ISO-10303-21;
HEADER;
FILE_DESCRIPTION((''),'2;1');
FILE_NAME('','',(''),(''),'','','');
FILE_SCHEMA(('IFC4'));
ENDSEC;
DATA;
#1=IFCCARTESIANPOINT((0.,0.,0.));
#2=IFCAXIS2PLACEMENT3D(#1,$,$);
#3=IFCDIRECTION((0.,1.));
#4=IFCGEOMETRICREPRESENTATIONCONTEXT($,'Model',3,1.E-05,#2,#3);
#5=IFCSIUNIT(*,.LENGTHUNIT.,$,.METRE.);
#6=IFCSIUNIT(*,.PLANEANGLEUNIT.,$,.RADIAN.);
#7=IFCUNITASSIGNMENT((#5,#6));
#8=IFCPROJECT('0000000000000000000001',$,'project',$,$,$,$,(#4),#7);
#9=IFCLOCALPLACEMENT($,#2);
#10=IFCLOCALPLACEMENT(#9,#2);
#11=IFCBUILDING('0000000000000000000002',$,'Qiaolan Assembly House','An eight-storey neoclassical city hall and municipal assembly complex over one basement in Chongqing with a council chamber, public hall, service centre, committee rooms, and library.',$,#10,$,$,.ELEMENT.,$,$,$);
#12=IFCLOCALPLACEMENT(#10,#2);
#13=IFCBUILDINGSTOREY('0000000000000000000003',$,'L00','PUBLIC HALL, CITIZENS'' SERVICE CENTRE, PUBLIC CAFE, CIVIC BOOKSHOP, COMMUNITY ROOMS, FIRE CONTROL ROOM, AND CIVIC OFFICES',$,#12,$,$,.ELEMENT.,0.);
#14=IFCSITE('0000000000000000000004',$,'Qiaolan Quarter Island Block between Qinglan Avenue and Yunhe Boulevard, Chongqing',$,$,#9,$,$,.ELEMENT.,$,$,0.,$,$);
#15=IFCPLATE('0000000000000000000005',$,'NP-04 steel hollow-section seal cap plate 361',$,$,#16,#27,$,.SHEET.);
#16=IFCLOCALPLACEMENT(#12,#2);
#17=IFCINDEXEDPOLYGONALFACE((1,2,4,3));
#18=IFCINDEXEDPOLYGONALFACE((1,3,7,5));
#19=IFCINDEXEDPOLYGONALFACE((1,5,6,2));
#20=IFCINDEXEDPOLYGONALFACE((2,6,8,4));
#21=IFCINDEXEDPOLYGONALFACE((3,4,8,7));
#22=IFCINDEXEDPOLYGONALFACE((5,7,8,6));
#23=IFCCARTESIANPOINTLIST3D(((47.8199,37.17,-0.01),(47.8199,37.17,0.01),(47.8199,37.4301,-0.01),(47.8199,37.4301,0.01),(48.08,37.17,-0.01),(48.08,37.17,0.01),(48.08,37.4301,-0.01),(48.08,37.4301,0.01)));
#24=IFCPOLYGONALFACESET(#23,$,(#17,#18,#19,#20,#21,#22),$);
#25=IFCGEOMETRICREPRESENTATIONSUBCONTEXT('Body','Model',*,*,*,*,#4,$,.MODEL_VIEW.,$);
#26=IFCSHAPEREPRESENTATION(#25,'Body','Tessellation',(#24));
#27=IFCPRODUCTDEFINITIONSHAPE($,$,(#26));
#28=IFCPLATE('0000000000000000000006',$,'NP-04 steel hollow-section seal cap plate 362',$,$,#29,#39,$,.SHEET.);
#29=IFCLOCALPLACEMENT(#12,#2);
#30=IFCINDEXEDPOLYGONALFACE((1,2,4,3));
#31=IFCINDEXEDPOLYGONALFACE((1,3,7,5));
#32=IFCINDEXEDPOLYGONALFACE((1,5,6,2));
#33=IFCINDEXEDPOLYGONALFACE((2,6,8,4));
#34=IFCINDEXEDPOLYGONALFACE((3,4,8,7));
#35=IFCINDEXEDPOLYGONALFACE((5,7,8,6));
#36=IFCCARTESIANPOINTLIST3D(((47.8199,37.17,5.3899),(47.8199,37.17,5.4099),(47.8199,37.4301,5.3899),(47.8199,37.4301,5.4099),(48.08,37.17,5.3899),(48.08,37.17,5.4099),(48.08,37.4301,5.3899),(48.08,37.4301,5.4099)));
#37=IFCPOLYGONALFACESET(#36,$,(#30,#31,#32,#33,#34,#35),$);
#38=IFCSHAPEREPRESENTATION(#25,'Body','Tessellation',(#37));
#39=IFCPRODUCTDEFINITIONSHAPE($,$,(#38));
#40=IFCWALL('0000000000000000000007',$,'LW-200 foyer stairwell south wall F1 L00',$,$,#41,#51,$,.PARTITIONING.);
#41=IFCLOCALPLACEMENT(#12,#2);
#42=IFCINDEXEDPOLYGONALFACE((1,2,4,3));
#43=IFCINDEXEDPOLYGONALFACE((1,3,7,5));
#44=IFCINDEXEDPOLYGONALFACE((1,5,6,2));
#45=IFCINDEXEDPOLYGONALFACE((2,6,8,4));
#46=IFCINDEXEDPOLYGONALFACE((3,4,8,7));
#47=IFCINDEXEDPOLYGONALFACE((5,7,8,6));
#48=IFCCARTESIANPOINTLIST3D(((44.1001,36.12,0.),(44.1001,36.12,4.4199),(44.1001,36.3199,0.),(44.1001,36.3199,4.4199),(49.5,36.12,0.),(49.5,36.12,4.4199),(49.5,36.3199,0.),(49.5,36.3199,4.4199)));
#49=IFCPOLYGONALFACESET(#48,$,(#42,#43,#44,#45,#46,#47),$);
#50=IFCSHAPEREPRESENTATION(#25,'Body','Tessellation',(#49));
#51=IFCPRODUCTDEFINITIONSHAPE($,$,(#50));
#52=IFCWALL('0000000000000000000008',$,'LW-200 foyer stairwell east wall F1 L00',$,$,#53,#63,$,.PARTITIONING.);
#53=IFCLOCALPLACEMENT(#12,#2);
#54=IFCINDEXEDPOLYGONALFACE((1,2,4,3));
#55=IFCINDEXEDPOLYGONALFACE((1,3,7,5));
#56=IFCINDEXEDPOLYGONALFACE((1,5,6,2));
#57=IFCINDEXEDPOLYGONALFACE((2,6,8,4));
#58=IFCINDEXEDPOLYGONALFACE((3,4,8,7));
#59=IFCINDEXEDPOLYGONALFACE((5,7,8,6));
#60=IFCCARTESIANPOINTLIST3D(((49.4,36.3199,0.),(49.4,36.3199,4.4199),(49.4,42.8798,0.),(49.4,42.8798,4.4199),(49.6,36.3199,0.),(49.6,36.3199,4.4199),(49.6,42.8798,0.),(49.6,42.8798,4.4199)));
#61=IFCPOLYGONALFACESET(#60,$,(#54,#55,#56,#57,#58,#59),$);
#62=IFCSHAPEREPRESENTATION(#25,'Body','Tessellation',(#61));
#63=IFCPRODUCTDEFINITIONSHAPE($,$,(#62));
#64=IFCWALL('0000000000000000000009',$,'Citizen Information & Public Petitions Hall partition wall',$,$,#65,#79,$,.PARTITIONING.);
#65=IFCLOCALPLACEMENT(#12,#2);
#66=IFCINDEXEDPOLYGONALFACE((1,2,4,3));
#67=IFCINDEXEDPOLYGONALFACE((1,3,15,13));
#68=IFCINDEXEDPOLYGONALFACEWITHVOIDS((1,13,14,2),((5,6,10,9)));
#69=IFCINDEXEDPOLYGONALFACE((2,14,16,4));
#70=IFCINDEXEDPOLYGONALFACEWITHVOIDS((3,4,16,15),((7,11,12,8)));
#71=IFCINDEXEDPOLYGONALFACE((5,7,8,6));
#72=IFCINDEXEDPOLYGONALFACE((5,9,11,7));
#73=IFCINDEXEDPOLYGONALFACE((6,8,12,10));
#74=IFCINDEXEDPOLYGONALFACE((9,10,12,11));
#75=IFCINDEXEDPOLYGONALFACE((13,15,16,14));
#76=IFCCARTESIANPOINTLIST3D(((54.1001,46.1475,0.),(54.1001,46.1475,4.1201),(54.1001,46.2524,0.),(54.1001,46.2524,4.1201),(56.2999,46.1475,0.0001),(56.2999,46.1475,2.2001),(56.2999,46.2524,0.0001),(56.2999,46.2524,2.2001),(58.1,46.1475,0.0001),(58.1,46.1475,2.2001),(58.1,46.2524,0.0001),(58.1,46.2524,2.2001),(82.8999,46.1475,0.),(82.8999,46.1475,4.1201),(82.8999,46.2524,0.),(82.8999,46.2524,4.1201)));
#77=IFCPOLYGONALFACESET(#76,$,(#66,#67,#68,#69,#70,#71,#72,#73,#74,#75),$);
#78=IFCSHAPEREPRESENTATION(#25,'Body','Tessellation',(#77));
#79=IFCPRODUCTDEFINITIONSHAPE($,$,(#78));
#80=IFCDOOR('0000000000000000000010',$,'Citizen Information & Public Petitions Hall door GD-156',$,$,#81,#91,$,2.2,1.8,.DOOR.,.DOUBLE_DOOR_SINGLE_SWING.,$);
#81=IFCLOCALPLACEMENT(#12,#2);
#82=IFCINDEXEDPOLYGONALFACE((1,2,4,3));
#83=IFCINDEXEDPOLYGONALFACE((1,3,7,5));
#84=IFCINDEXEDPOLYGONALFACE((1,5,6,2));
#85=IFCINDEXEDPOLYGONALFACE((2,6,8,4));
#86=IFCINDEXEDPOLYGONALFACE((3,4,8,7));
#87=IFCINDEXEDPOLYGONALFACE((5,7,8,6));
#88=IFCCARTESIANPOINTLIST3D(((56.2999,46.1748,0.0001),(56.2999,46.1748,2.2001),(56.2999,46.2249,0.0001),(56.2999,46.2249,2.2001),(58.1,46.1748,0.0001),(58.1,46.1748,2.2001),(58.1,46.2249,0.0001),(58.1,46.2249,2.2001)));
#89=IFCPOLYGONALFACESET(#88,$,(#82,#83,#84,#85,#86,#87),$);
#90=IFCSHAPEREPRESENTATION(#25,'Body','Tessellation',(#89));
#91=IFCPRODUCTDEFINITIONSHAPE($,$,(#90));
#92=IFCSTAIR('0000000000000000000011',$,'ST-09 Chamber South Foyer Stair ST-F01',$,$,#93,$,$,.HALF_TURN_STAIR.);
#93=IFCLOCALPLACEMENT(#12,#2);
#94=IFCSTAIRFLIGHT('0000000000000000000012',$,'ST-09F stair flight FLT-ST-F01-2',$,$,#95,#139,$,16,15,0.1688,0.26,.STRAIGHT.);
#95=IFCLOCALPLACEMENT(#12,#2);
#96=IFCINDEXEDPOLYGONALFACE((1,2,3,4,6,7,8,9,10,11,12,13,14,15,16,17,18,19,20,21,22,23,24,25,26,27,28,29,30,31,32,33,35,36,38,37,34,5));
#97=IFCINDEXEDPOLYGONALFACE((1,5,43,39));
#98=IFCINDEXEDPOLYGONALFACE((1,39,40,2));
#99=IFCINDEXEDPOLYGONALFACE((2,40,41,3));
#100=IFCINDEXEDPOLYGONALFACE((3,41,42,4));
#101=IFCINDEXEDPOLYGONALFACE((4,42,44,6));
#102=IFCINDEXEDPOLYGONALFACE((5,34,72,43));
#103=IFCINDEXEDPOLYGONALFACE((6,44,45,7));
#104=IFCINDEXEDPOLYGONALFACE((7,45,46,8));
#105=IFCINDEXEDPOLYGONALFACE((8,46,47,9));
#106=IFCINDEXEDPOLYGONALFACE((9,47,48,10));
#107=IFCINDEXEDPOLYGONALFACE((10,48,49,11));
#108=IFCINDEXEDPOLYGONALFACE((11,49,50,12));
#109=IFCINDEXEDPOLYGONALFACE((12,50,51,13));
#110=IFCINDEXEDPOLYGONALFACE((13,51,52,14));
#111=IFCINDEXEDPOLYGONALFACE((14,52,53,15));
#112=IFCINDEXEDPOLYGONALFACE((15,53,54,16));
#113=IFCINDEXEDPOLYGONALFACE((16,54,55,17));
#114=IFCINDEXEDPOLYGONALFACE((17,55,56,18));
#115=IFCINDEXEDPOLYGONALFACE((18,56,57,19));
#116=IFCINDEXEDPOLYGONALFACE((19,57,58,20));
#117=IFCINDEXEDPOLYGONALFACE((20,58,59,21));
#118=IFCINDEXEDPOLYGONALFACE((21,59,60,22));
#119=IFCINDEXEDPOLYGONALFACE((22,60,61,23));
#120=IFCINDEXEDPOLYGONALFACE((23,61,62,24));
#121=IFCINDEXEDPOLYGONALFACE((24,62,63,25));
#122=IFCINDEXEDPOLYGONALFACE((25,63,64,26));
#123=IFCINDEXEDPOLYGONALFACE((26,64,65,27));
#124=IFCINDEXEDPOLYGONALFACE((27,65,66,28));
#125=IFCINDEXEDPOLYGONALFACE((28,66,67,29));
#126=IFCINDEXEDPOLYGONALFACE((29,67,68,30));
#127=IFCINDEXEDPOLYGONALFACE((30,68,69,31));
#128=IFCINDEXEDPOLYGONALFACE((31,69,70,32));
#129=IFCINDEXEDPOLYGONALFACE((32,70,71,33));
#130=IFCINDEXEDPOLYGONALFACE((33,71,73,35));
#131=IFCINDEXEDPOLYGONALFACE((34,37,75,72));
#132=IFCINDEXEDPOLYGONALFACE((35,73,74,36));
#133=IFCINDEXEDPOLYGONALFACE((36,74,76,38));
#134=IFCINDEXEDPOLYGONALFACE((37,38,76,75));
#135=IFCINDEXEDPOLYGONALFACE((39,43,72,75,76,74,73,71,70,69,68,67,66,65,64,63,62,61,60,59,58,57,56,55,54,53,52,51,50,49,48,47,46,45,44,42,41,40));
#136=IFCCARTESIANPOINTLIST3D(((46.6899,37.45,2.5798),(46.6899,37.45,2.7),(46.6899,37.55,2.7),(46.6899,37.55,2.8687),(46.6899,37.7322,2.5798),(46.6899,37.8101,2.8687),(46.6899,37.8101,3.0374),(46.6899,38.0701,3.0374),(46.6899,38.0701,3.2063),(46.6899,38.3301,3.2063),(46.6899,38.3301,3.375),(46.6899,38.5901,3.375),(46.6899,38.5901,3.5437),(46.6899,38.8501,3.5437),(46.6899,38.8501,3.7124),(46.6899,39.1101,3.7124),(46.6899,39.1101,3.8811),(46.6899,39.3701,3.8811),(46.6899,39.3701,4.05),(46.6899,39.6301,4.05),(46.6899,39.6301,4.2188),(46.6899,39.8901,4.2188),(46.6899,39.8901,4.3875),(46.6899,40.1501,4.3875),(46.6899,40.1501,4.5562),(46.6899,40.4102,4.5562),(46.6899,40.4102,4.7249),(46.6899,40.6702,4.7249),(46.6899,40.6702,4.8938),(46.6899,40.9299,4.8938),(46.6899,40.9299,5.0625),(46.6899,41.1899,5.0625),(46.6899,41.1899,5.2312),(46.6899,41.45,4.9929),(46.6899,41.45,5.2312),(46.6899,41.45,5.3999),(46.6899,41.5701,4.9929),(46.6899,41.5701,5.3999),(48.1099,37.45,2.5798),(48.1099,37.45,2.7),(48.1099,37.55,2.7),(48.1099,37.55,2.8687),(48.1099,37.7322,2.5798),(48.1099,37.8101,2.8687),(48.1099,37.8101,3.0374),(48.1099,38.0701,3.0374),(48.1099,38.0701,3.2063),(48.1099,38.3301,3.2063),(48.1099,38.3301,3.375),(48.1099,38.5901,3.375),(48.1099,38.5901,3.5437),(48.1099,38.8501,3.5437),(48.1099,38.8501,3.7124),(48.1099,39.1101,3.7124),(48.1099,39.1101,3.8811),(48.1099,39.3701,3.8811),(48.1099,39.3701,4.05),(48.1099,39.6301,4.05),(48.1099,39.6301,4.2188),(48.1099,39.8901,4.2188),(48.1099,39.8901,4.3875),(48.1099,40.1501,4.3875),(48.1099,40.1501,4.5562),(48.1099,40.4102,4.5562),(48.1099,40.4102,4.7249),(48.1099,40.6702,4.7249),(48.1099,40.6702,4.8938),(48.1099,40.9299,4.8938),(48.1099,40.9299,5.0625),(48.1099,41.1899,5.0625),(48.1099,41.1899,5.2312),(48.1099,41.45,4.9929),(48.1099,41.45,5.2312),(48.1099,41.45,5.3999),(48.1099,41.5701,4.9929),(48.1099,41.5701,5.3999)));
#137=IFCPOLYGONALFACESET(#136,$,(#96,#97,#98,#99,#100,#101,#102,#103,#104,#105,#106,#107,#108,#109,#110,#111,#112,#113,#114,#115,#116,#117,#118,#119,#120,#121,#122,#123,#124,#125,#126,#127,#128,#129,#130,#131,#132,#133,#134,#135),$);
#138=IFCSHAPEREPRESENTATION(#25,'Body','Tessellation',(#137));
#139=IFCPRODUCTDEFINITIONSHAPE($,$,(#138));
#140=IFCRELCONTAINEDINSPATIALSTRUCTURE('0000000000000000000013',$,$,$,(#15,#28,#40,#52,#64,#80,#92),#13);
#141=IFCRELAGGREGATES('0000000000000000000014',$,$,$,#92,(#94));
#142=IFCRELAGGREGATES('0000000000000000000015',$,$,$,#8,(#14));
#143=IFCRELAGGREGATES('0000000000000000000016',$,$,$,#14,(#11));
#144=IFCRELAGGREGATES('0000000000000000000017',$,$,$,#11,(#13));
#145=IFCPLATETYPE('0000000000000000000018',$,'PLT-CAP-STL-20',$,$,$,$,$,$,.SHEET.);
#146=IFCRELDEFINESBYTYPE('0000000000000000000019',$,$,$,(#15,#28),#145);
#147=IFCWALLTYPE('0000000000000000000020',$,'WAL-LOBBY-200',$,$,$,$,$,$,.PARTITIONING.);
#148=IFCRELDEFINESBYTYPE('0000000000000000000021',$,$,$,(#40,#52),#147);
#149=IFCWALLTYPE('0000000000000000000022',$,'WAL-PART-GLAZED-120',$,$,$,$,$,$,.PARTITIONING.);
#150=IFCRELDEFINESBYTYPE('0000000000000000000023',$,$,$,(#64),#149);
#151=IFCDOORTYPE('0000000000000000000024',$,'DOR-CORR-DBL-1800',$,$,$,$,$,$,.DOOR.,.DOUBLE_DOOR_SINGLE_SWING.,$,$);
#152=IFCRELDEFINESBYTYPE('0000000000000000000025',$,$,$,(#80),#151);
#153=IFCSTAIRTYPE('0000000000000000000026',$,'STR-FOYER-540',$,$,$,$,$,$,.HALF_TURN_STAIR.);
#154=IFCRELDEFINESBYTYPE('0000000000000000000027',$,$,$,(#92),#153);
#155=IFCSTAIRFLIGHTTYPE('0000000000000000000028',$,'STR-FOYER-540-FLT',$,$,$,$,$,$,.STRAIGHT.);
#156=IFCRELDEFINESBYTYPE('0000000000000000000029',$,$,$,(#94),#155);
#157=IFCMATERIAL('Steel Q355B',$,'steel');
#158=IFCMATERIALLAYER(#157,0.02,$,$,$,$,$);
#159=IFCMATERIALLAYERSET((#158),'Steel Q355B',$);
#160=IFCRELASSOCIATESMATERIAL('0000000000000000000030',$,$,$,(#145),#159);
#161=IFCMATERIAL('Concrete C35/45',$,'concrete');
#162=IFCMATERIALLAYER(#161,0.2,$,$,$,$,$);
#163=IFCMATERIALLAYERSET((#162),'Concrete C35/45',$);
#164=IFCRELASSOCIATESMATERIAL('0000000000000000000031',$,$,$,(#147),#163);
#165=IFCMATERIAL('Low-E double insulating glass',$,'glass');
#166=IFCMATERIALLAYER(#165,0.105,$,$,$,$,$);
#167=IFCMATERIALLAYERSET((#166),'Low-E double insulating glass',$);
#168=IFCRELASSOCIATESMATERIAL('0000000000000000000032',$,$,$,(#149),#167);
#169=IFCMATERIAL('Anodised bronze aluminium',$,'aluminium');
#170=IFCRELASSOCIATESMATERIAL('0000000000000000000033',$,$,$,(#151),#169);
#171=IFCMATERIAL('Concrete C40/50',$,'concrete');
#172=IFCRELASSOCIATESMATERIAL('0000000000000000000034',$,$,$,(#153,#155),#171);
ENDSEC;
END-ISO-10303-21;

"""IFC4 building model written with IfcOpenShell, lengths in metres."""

from ifc_helpers import new_model, si_unit, direction, frame, frame_2d, origin, origin_2d, place, context, subcontext, project, spatial, polyline, rectangle, outline, extrude, material, layer, layer_set, type_object, element, fill, aggregate, save


model = new_model("IFC4")

# Units and contexts
model_context = context("Model", 3, precision=1e-05, world=origin(), true_north=direction((0.0, 1.0)))
body_context = subcontext(model_context, "Body", "Model", "MODEL_VIEW")
ifc_project = project(units=[si_unit("LENGTHUNIT", "METRE"), si_unit("PLANEANGLEUNIT", "RADIAN")], contexts=[model_context])

# Site, building, storey
site_placement = place(None, origin())
site = spatial("IfcSite", under=ifc_project, at=site_placement, Name="Qiaolan Quarter Island Block between Qinglan Avenue and Yunhe Boulevard, Chongqing", CompositionType="ELEMENT", RefElevation=0.0)
building_placement = place(site_placement, origin())
building = spatial("IfcBuilding", under=site, at=building_placement, Name="Qiaolan Assembly House", Description="An eight-storey neoclassical city hall and municipal assembly complex over one basement in Chongqing with a council chamber, public hall, service centre, committee rooms, and library.", CompositionType="ELEMENT")
storey_placement = place(building_placement, origin())
storey = spatial("IfcBuildingStorey", under=building, at=storey_placement, Name="L00", Description="PUBLIC HALL, CITIZENS' SERVICE CENTRE, PUBLIC CAFE, CIVIC BOOKSHOP, COMMUNITY ROOMS, FIRE CONTROL ROOM, AND CIVIC OFFICES", CompositionType="ELEMENT", Elevation=0.0)

# Shared definitions
ifc_material_1 = material(Name="Steel Q355B", Category="steel")

# Plates
ifc_layer_1 = layer(ifc_material_1, 0.02)
ifc_layer_set_1 = layer_set([ifc_layer_1], Name="Steel Q355B")
plate_type = type_object("IfcPlateType", Name="PLT-CAP-STL-20", PredefinedType="SHEET", material=ifc_layer_set_1)
for number, where, z_axis, x_axis, name in (
    (1, (47.95, 37.3, -0.01), (0.0, 0.0, 1.0), (1.0, 0.0, 0.0), "NP-04 steel hollow-section seal cap plate 361"),
    (2, (47.95, 37.3, 5.3899), (0.0, 0.0, 1.0), (1.0, 0.0, 0.0), "NP-04 steel hollow-section seal cap plate 362"),
):
    element("IfcPlate", number, at=place(storey_placement, frame(where, z_axis=z_axis, x_axis=x_axis)), inside=storey, type_object=plate_type, Name=name, PredefinedType="SHEET", context=body_context, shape_type="SweptSolid", body=[
        extrude(rectangle(XDim=0.26, YDim=0.26, at=origin_2d()), origin(), (0.0, 0.0, 1.0), 0.02),
    ])

# Walls
ifc_material_2 = material(Name="Concrete C35/45", Category="concrete")
ifc_layer_2 = layer(ifc_material_2, 0.2)
ifc_layer_set_2 = layer_set([ifc_layer_2], Name="Concrete C35/45")
wall_type_1 = type_object("IfcWallType", Name="WAL-LOBBY-200", PredefinedType="PARTITIONING", material=ifc_layer_set_2)
wall_1_placement = place(storey_placement, frame((49.5, 36.22, 0.0), z_axis=(0.0, 0.0, 1.0), x_axis=(-1.0, 0.0, 0.0)))
element("IfcWall", 3, at=wall_1_placement, inside=storey, type_object=wall_type_1, Name="LW-200 foyer stairwell south wall F1 L00", PredefinedType="PARTITIONING", context=body_context, shape_type="SweptSolid", body=[
    extrude(rectangle(XDim=5.3999, YDim=0.2, at=frame_2d((2.7, 0.0))), origin(), (0.0, 0.0, 1.0), 4.4199),
])
wall_2_placement = place(storey_placement, frame((49.5, 36.3201, 0.0), z_axis=(0.0, 0.0, 1.0), x_axis=(0.0, 1.0, 0.0)))
element("IfcWall", 4, at=wall_2_placement, inside=storey, type_object=wall_type_1, Name="LW-200 foyer stairwell east wall F1 L00", PredefinedType="PARTITIONING", context=body_context, shape_type="SweptSolid", body=[
    extrude(rectangle(XDim=6.5598, YDim=0.2, at=frame_2d((3.2798, 0.0))), origin(), (0.0, 0.0, 1.0), 4.4199),
])

# Wall, opening, door
ifc_material_3 = material(Name="Low-E double insulating glass", Category="glass")
ifc_layer_3 = layer(ifc_material_3, 0.105)
ifc_layer_set_3 = layer_set([ifc_layer_3], Name="Low-E double insulating glass")
wall_type_2 = type_object("IfcWallType", Name="WAL-PART-GLAZED-120", PredefinedType="PARTITIONING", material=ifc_layer_set_3)
wall_3_placement = place(storey_placement, frame((54.1001, 46.2, 0.0), z_axis=(0.0, 0.0, 1.0), x_axis=(1.0, 0.0, 0.0)))
wall_3 = element("IfcWall", 5, at=wall_3_placement, inside=storey, type_object=wall_type_2, Name="Citizen Information & Public Petitions Hall partition wall", PredefinedType="PARTITIONING", context=body_context, shape_type="SweptSolid", body=[
    extrude(rectangle(XDim=28.7998, YDim=0.105, at=frame_2d((14.3999, 0.0))), origin(), (0.0, 0.0, 1.0), 4.1201),
])
opening_placement = place(wall_3_placement, frame((2.2, 0.0, 0.0)))
opening = element("IfcOpeningElement", 6, at=opening_placement, cuts=wall_3, PredefinedType="OPENING", context=body_context, shape_type="SweptSolid", body=[
    extrude(rectangle(XDim=1.8, YDim=2.2, at=frame_2d((0.8999, 1.1001))), frame((0.0, 0.0625, 0.0), z_axis=(0.0, -1.0, 0.0), x_axis=(1.0, 0.0, 0.0)), (0.0, 0.0, 1.0), 0.125),
])
ifc_material_4 = material(Name="Anodised bronze aluminium", Category="aluminium")
door_type = type_object("IfcDoorType", Name="DOR-CORR-DBL-1800", OperationType="DOUBLE_DOOR_SINGLE_SWING", PredefinedType="DOOR", material=ifc_material_4)
door_placement = place(opening_placement, origin())
door = element("IfcDoor", 7, at=door_placement, inside=storey, type_object=door_type, Name="Citizen Information & Public Petitions Hall door GD-156", OperationType="DOUBLE_DOOR_SINGLE_SWING", OverallHeight=2.2, OverallWidth=1.8, PredefinedType="DOOR", context=body_context, shape_type="SweptSolid", body=[
    extrude(rectangle(XDim=1.8, YDim=2.2, at=frame_2d((0.8999, 1.1001))), frame((0.0, 0.0249, 0.0), z_axis=(0.0, -1.0, 0.0), x_axis=(1.0, 0.0, 0.0)), (0.0, 0.0, 1.0), 0.05),
])
fill(opening, door)

# Stair, stair flight
ifc_material_5 = material(Name="Concrete C40/50", Category="concrete")
stair_type = type_object("IfcStairType", Name="STR-FOYER-540", PredefinedType="HALF_TURN_STAIR", material=ifc_material_5)
stair_placement = place(storey_placement, origin())
stair = element("IfcStair", 8, at=stair_placement, inside=storey, type_object=stair_type, Name="ST-09 Chamber South Foyer Stair ST-F01", PredefinedType="HALF_TURN_STAIR")
stair_flight_type = type_object("IfcStairFlightType", Name="STR-FOYER-540-FLT", PredefinedType="STRAIGHT", material=ifc_material_5)
stair_flight_placement = place(storey_placement, frame((47.3999, 37.55, 2.7), z_axis=(0.0, 0.0, 1.0), x_axis=(0.0, 1.0, 0.0)))
stair_flight = element("IfcStairFlight", 9, at=stair_flight_placement, type_object=stair_flight_type, Name="ST-09F stair flight FLT-ST-F01-2", NumberOfRisers=16, NumberOfTreads=15, PredefinedType="STRAIGHT", RiserHeight=0.1688, TreadLength=0.26, context=body_context, shape_type="SweptSolid", body=[
    extrude(outline(polyline([(-0.1001, -0.1201), (-0.1001, 0.0), (0.0, 0.0), (0.0, 0.1687), (0.26, 0.1687), (0.26, 0.3374), (0.52, 0.3374), (0.52, 0.5063), (0.78, 0.5063), (0.78, 0.675), (1.04, 0.675), (1.04, 0.8438), (1.3, 0.8438), (1.3, 1.0125), (1.5601, 1.0125), (1.5601, 1.1812), (1.8201, 1.1812), (1.8201, 1.3501), (2.0801, 1.3501), (2.0801, 1.5188), (2.3401, 1.5188), (2.3401, 1.6875), (2.6001, 1.6875), (2.6001, 1.8562), (2.8601, 1.8562), (2.8601, 2.0249), (3.1201, 2.0249), (3.1201, 2.1938), (3.3799, 2.1938), (3.3799, 2.3625), (3.6399, 2.3625), (3.6399, 2.5312), (3.8999, 2.5312), (3.8999, 2.7), (4.02, 2.7), (4.02, 2.293), (3.8999, 2.293), (0.1821, -0.1201), (-0.1001, -0.1201)])), frame((0.0, 0.71, 0.0), z_axis=(0.0, -1.0, 0.0), x_axis=(1.0, 0.0, 0.0)), (0.0, 0.0, 1.0), 1.4199),
])
aggregate(stair, [stair_flight])

save(model, "model.ifc")
